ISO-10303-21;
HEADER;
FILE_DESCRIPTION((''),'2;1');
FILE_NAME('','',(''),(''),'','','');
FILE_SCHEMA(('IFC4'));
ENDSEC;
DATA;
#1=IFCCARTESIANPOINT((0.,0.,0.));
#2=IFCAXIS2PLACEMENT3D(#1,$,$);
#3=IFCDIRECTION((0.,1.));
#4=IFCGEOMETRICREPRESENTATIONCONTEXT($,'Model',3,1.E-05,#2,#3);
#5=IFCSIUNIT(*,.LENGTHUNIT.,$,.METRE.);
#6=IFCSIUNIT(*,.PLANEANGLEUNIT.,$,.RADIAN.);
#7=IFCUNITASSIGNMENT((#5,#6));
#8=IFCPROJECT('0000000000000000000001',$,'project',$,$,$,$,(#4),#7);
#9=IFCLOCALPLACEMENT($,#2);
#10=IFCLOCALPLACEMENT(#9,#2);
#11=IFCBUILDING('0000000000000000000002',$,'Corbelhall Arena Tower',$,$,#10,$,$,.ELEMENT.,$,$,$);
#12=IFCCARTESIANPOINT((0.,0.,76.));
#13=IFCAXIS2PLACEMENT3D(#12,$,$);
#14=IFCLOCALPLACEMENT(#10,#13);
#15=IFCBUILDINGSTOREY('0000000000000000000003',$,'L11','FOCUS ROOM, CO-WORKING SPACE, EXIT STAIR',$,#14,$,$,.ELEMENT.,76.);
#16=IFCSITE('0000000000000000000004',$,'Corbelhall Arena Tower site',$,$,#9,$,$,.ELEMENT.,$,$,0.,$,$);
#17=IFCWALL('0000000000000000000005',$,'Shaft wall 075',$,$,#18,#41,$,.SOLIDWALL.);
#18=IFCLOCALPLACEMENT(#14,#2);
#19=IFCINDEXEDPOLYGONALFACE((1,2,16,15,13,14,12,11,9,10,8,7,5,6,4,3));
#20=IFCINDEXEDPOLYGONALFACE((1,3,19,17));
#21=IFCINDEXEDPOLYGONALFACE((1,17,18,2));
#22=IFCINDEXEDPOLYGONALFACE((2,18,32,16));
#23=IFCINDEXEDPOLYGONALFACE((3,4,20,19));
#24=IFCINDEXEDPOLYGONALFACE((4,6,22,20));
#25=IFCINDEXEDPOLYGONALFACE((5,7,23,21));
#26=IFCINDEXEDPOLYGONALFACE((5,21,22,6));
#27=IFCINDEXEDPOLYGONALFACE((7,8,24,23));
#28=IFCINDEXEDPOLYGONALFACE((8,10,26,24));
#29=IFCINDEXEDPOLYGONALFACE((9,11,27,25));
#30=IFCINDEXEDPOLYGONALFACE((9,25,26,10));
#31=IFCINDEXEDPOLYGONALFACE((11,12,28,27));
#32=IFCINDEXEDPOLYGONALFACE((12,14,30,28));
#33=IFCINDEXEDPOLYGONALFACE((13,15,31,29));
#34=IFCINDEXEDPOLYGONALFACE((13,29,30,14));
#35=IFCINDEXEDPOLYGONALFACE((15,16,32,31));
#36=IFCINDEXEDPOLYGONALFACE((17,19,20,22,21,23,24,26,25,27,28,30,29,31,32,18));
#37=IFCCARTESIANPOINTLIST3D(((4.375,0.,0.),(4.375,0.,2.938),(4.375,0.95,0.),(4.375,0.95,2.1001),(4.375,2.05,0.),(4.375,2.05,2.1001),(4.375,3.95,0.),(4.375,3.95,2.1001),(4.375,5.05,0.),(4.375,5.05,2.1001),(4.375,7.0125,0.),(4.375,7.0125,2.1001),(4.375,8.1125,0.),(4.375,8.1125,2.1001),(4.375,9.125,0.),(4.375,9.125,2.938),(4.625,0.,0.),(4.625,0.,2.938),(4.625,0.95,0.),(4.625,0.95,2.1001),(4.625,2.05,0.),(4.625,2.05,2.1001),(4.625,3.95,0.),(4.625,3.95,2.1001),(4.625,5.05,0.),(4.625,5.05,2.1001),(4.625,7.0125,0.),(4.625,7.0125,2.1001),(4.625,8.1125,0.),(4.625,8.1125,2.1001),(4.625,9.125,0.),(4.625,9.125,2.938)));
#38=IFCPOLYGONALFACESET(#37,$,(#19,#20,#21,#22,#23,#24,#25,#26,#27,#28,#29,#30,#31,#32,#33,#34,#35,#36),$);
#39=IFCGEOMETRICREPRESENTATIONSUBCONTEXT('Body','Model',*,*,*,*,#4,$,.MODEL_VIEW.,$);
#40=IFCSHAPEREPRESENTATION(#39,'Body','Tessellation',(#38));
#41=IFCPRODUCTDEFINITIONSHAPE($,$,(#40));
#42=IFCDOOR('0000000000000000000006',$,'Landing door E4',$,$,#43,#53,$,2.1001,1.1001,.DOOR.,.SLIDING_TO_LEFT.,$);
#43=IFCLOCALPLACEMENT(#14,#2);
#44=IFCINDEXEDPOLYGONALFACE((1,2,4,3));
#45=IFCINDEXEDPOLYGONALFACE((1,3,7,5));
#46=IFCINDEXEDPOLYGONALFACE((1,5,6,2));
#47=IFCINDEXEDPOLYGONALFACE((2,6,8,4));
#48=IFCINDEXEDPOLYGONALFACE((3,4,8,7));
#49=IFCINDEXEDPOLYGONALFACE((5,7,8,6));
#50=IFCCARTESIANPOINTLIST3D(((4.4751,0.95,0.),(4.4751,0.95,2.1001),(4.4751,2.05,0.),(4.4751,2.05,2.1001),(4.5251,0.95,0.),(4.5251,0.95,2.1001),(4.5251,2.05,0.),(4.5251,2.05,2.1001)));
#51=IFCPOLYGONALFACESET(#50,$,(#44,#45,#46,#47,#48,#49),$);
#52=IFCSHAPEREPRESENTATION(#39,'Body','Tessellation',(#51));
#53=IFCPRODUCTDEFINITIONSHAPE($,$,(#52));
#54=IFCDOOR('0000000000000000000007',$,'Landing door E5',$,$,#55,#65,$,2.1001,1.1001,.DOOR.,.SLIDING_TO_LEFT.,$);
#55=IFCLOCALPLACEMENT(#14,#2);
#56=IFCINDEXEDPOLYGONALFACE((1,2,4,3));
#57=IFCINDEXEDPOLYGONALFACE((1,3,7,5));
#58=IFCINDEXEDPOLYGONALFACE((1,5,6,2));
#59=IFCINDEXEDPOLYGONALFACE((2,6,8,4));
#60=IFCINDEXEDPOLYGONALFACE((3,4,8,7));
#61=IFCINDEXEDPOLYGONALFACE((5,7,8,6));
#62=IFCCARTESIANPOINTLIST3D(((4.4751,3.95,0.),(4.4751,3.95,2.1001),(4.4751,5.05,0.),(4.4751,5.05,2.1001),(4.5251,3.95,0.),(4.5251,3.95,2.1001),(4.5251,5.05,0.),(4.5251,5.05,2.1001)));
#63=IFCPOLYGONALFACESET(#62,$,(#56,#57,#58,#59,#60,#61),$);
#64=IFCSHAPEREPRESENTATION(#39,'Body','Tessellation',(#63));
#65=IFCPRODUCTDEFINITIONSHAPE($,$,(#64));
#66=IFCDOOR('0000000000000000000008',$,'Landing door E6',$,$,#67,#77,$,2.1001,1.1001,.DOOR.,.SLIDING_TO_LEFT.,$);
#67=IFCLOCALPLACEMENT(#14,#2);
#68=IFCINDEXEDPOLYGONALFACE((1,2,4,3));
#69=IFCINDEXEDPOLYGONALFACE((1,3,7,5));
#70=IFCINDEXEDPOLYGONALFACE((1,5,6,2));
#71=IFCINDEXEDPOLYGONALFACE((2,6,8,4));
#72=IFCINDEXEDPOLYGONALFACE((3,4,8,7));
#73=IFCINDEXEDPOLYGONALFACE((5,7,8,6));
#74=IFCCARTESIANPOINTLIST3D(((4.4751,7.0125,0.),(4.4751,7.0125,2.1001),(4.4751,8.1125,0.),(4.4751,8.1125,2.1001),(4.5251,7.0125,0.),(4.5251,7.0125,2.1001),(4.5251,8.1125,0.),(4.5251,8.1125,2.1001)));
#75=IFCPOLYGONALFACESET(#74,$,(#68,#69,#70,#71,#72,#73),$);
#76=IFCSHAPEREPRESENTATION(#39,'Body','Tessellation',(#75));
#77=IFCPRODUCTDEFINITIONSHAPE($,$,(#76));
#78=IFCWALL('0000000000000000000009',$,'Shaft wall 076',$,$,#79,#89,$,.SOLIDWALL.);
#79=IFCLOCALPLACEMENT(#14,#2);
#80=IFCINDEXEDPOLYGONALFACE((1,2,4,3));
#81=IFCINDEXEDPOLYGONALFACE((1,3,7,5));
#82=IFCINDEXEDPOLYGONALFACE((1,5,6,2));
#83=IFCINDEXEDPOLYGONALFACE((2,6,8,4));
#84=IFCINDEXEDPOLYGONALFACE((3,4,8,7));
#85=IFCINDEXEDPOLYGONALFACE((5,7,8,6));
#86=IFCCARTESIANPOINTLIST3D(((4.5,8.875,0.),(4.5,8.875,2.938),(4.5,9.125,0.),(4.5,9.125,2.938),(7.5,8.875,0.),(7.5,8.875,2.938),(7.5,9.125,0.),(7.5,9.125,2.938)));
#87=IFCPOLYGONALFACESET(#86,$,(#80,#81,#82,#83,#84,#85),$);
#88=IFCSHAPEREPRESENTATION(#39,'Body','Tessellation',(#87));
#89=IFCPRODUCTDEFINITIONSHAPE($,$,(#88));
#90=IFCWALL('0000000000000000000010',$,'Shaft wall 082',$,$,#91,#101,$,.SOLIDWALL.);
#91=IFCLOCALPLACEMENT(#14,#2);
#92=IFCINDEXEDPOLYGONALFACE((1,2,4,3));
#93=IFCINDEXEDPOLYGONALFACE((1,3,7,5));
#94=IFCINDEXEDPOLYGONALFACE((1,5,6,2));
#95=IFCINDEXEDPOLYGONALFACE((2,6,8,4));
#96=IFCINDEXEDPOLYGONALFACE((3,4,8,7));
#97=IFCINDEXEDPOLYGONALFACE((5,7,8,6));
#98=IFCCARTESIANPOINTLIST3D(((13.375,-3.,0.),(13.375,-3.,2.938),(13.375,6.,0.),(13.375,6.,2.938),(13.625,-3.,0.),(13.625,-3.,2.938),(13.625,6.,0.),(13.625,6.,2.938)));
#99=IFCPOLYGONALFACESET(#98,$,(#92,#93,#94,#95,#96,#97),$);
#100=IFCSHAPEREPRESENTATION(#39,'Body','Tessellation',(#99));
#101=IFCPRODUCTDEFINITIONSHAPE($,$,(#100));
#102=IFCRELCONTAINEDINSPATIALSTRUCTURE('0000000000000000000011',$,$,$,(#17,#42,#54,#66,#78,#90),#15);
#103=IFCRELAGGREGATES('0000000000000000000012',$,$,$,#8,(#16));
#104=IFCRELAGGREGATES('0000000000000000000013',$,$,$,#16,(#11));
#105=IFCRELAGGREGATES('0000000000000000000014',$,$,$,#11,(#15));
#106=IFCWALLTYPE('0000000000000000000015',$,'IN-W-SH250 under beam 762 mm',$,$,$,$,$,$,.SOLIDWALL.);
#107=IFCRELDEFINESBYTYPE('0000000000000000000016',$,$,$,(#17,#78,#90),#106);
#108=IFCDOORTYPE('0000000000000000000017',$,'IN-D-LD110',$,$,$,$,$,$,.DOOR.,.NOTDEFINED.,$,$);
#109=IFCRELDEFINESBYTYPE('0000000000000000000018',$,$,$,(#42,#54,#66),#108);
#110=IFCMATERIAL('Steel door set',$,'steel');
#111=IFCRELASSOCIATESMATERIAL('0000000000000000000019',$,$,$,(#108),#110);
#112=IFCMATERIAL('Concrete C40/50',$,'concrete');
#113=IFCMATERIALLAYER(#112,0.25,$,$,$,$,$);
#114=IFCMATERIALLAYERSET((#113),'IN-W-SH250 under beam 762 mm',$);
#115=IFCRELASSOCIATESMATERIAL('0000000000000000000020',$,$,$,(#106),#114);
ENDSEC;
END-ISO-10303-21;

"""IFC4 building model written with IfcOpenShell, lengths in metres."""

from ifc_helpers import new_model, si_unit, direction, frame, frame_2d, origin, place, context, subcontext, project, spatial, rectangle, extrude, material, layer, layer_set, type_object, element, fill, save


model = new_model("IFC4")

# Units and contexts
model_context = context("Model", 3, precision=1e-05, world=origin(), true_north=direction((0.0, 1.0)))
body_context = subcontext(model_context, "Body", "Model", "MODEL_VIEW")
ifc_project = project(units=[si_unit("LENGTHUNIT", "METRE"), si_unit("PLANEANGLEUNIT", "RADIAN")], contexts=[model_context])

# Site, building, storey
site_placement = place(None, origin())
site = spatial("IfcSite", under=ifc_project, at=site_placement, Name="Corbelhall Arena Tower site", CompositionType="ELEMENT", RefElevation=0.0)
building_placement = place(site_placement, origin())
building = spatial("IfcBuilding", under=site, at=building_placement, Name="Corbelhall Arena Tower", CompositionType="ELEMENT")
storey_placement = place(building_placement, frame((0.0, 0.0, 76.0)))
storey = spatial("IfcBuildingStorey", under=building, at=storey_placement, Name="L11", Description="FOCUS ROOM, CO-WORKING SPACE, EXIT STAIR", CompositionType="ELEMENT", Elevation=76.0)

# Shared definitions
ifc_material_1 = material(Name="Concrete C40/50", Category="concrete")

# Shared definitions
ifc_material_2 = material(Name="Steel door set", Category="steel")

# Shared definitions
door_type_1 = type_object("IfcDoorType", Name="IN-D-LD110", OperationType="NOTDEFINED", PredefinedType="DOOR", material=ifc_material_2)

# Wall, openings, doors
ifc_layer_1 = layer(ifc_material_1, 0.25)
ifc_layer_set_1 = layer_set([ifc_layer_1], Name="IN-W-SH250 under beam 762 mm")
wall_type_1 = type_object("IfcWallType", Name="IN-W-SH250 under beam 762 mm", PredefinedType="SOLIDWALL", material=ifc_layer_set_1)
wall_1_placement = place(storey_placement, frame((4.5, 0.0, 0.0), z_axis=(0.0, 0.0, 1.0), x_axis=(0.0, 1.0, 0.0)))
wall_1 = element("IfcWall", 1, at=wall_1_placement, inside=storey, type_object=wall_type_1, Name="Shaft wall 075", PredefinedType="SOLIDWALL", context=body_context, shape_type="SweptSolid", body=[
    extrude(rectangle(XDim=9.125, YDim=0.25, at=frame_2d((4.5625, 0.0))), origin(), (0.0, 0.0, 1.0), 2.938),
])
opening_1_placement = place(wall_1_placement, frame((0.95, 0.0, 0.0)))
opening_1 = element("IfcOpeningElement", 2, at=opening_1_placement, cuts=wall_1, PredefinedType="OPENING", context=body_context, shape_type="SweptSolid", body=[
    extrude(rectangle(XDim=1.1001, YDim=2.1001, at=frame_2d((0.55, 1.05))), frame((0.0, 0.125, 0.0), z_axis=(0.0, -1.0, 0.0), x_axis=(1.0, 0.0, 0.0)), (0.0, 0.0, 1.0), 0.25),
])
opening_2_placement = place(wall_1_placement, frame((3.95, 0.0, 0.0)))
opening_2 = element("IfcOpeningElement", 3, at=opening_2_placement, cuts=wall_1, PredefinedType="OPENING", context=body_context, shape_type="SweptSolid", body=[
    extrude(rectangle(XDim=1.1001, YDim=2.1001, at=frame_2d((0.55, 1.05))), frame((0.0, 0.125, 0.0), z_axis=(0.0, -1.0, 0.0), x_axis=(1.0, 0.0, 0.0)), (0.0, 0.0, 1.0), 0.25),
])
opening_3_placement = place(wall_1_placement, frame((7.0125, 0.0, 0.0)))
opening_3 = element("IfcOpeningElement", 4, at=opening_3_placement, cuts=wall_1, PredefinedType="OPENING", context=body_context, shape_type="SweptSolid", body=[
    extrude(rectangle(XDim=1.1001, YDim=2.1001, at=frame_2d((0.55, 1.05))), frame((0.0, 0.125, 0.0), z_axis=(0.0, -1.0, 0.0), x_axis=(1.0, 0.0, 0.0)), (0.0, 0.0, 1.0), 0.25),
])
door_1_placement = place(opening_1_placement, origin())
door_1 = element("IfcDoor", 5, at=door_1_placement, inside=storey, type_object=door_type_1, Name="Landing door E4", OperationType="SLIDING_TO_LEFT", OverallHeight=2.1001, OverallWidth=1.1001, PredefinedType="DOOR", context=body_context, shape_type="SweptSolid", body=[
    extrude(rectangle(XDim=1.1001, YDim=2.1001, at=frame_2d((0.55, 1.05))), frame((0.0, 0.0249, 0.0), z_axis=(0.0, -1.0, 0.0), x_axis=(1.0, 0.0, 0.0)), (0.0, 0.0, 1.0), 0.05),
])
fill(opening_1, door_1)
door_2_placement = place(opening_2_placement, origin())
door_2 = element("IfcDoor", 6, at=door_2_placement, inside=storey, type_object=door_type_1, Name="Landing door E5", OperationType="SLIDING_TO_LEFT", OverallHeight=2.1001, OverallWidth=1.1001, PredefinedType="DOOR", context=body_context, shape_type="SweptSolid", body=[
    extrude(rectangle(XDim=1.1001, YDim=2.1001, at=frame_2d((0.55, 1.05))), frame((0.0, 0.0249, 0.0), z_axis=(0.0, -1.0, 0.0), x_axis=(1.0, 0.0, 0.0)), (0.0, 0.0, 1.0), 0.05),
])
fill(opening_2, door_2)
door_3_placement = place(opening_3_placement, origin())
door_3 = element("IfcDoor", 7, at=door_3_placement, inside=storey, type_object=door_type_1, Name="Landing door E6", OperationType="SLIDING_TO_LEFT", OverallHeight=2.1001, OverallWidth=1.1001, PredefinedType="DOOR", context=body_context, shape_type="SweptSolid", body=[
    extrude(rectangle(XDim=1.1001, YDim=2.1001, at=frame_2d((0.55, 1.05))), frame((0.0, 0.0249, 0.0), z_axis=(0.0, -1.0, 0.0), x_axis=(1.0, 0.0, 0.0)), (0.0, 0.0, 1.0), 0.05),
])
fill(opening_3, door_3)

# Walls
wall_2_placement = place(storey_placement, frame((4.5, 9.0, 0.0), z_axis=(0.0, 0.0, 1.0), x_axis=(1.0, 0.0, 0.0)))
element("IfcWall", 8, at=wall_2_placement, inside=storey, type_object=wall_type_1, Name="Shaft wall 076", PredefinedType="SOLIDWALL", context=body_context, shape_type="SweptSolid", body=[
    extrude(rectangle(XDim=3.0, YDim=0.25, at=frame_2d((1.5, 0.0))), origin(), (0.0, 0.0, 1.0), 2.938),
])
wall_3_placement = place(storey_placement, frame((13.5, 6.0, 0.0), z_axis=(0.0, 0.0, 1.0), x_axis=(0.0, -1.0, 0.0)))
element("IfcWall", 9, at=wall_3_placement, inside=storey, type_object=wall_type_1, Name="Shaft wall 082", PredefinedType="SOLIDWALL", context=body_context, shape_type="SweptSolid", body=[
    extrude(rectangle(XDim=9.0, YDim=0.25, at=frame_2d((4.5, 0.0))), origin(), (0.0, 0.0, 1.0), 2.938),
])

save(model, "model.ifc")
